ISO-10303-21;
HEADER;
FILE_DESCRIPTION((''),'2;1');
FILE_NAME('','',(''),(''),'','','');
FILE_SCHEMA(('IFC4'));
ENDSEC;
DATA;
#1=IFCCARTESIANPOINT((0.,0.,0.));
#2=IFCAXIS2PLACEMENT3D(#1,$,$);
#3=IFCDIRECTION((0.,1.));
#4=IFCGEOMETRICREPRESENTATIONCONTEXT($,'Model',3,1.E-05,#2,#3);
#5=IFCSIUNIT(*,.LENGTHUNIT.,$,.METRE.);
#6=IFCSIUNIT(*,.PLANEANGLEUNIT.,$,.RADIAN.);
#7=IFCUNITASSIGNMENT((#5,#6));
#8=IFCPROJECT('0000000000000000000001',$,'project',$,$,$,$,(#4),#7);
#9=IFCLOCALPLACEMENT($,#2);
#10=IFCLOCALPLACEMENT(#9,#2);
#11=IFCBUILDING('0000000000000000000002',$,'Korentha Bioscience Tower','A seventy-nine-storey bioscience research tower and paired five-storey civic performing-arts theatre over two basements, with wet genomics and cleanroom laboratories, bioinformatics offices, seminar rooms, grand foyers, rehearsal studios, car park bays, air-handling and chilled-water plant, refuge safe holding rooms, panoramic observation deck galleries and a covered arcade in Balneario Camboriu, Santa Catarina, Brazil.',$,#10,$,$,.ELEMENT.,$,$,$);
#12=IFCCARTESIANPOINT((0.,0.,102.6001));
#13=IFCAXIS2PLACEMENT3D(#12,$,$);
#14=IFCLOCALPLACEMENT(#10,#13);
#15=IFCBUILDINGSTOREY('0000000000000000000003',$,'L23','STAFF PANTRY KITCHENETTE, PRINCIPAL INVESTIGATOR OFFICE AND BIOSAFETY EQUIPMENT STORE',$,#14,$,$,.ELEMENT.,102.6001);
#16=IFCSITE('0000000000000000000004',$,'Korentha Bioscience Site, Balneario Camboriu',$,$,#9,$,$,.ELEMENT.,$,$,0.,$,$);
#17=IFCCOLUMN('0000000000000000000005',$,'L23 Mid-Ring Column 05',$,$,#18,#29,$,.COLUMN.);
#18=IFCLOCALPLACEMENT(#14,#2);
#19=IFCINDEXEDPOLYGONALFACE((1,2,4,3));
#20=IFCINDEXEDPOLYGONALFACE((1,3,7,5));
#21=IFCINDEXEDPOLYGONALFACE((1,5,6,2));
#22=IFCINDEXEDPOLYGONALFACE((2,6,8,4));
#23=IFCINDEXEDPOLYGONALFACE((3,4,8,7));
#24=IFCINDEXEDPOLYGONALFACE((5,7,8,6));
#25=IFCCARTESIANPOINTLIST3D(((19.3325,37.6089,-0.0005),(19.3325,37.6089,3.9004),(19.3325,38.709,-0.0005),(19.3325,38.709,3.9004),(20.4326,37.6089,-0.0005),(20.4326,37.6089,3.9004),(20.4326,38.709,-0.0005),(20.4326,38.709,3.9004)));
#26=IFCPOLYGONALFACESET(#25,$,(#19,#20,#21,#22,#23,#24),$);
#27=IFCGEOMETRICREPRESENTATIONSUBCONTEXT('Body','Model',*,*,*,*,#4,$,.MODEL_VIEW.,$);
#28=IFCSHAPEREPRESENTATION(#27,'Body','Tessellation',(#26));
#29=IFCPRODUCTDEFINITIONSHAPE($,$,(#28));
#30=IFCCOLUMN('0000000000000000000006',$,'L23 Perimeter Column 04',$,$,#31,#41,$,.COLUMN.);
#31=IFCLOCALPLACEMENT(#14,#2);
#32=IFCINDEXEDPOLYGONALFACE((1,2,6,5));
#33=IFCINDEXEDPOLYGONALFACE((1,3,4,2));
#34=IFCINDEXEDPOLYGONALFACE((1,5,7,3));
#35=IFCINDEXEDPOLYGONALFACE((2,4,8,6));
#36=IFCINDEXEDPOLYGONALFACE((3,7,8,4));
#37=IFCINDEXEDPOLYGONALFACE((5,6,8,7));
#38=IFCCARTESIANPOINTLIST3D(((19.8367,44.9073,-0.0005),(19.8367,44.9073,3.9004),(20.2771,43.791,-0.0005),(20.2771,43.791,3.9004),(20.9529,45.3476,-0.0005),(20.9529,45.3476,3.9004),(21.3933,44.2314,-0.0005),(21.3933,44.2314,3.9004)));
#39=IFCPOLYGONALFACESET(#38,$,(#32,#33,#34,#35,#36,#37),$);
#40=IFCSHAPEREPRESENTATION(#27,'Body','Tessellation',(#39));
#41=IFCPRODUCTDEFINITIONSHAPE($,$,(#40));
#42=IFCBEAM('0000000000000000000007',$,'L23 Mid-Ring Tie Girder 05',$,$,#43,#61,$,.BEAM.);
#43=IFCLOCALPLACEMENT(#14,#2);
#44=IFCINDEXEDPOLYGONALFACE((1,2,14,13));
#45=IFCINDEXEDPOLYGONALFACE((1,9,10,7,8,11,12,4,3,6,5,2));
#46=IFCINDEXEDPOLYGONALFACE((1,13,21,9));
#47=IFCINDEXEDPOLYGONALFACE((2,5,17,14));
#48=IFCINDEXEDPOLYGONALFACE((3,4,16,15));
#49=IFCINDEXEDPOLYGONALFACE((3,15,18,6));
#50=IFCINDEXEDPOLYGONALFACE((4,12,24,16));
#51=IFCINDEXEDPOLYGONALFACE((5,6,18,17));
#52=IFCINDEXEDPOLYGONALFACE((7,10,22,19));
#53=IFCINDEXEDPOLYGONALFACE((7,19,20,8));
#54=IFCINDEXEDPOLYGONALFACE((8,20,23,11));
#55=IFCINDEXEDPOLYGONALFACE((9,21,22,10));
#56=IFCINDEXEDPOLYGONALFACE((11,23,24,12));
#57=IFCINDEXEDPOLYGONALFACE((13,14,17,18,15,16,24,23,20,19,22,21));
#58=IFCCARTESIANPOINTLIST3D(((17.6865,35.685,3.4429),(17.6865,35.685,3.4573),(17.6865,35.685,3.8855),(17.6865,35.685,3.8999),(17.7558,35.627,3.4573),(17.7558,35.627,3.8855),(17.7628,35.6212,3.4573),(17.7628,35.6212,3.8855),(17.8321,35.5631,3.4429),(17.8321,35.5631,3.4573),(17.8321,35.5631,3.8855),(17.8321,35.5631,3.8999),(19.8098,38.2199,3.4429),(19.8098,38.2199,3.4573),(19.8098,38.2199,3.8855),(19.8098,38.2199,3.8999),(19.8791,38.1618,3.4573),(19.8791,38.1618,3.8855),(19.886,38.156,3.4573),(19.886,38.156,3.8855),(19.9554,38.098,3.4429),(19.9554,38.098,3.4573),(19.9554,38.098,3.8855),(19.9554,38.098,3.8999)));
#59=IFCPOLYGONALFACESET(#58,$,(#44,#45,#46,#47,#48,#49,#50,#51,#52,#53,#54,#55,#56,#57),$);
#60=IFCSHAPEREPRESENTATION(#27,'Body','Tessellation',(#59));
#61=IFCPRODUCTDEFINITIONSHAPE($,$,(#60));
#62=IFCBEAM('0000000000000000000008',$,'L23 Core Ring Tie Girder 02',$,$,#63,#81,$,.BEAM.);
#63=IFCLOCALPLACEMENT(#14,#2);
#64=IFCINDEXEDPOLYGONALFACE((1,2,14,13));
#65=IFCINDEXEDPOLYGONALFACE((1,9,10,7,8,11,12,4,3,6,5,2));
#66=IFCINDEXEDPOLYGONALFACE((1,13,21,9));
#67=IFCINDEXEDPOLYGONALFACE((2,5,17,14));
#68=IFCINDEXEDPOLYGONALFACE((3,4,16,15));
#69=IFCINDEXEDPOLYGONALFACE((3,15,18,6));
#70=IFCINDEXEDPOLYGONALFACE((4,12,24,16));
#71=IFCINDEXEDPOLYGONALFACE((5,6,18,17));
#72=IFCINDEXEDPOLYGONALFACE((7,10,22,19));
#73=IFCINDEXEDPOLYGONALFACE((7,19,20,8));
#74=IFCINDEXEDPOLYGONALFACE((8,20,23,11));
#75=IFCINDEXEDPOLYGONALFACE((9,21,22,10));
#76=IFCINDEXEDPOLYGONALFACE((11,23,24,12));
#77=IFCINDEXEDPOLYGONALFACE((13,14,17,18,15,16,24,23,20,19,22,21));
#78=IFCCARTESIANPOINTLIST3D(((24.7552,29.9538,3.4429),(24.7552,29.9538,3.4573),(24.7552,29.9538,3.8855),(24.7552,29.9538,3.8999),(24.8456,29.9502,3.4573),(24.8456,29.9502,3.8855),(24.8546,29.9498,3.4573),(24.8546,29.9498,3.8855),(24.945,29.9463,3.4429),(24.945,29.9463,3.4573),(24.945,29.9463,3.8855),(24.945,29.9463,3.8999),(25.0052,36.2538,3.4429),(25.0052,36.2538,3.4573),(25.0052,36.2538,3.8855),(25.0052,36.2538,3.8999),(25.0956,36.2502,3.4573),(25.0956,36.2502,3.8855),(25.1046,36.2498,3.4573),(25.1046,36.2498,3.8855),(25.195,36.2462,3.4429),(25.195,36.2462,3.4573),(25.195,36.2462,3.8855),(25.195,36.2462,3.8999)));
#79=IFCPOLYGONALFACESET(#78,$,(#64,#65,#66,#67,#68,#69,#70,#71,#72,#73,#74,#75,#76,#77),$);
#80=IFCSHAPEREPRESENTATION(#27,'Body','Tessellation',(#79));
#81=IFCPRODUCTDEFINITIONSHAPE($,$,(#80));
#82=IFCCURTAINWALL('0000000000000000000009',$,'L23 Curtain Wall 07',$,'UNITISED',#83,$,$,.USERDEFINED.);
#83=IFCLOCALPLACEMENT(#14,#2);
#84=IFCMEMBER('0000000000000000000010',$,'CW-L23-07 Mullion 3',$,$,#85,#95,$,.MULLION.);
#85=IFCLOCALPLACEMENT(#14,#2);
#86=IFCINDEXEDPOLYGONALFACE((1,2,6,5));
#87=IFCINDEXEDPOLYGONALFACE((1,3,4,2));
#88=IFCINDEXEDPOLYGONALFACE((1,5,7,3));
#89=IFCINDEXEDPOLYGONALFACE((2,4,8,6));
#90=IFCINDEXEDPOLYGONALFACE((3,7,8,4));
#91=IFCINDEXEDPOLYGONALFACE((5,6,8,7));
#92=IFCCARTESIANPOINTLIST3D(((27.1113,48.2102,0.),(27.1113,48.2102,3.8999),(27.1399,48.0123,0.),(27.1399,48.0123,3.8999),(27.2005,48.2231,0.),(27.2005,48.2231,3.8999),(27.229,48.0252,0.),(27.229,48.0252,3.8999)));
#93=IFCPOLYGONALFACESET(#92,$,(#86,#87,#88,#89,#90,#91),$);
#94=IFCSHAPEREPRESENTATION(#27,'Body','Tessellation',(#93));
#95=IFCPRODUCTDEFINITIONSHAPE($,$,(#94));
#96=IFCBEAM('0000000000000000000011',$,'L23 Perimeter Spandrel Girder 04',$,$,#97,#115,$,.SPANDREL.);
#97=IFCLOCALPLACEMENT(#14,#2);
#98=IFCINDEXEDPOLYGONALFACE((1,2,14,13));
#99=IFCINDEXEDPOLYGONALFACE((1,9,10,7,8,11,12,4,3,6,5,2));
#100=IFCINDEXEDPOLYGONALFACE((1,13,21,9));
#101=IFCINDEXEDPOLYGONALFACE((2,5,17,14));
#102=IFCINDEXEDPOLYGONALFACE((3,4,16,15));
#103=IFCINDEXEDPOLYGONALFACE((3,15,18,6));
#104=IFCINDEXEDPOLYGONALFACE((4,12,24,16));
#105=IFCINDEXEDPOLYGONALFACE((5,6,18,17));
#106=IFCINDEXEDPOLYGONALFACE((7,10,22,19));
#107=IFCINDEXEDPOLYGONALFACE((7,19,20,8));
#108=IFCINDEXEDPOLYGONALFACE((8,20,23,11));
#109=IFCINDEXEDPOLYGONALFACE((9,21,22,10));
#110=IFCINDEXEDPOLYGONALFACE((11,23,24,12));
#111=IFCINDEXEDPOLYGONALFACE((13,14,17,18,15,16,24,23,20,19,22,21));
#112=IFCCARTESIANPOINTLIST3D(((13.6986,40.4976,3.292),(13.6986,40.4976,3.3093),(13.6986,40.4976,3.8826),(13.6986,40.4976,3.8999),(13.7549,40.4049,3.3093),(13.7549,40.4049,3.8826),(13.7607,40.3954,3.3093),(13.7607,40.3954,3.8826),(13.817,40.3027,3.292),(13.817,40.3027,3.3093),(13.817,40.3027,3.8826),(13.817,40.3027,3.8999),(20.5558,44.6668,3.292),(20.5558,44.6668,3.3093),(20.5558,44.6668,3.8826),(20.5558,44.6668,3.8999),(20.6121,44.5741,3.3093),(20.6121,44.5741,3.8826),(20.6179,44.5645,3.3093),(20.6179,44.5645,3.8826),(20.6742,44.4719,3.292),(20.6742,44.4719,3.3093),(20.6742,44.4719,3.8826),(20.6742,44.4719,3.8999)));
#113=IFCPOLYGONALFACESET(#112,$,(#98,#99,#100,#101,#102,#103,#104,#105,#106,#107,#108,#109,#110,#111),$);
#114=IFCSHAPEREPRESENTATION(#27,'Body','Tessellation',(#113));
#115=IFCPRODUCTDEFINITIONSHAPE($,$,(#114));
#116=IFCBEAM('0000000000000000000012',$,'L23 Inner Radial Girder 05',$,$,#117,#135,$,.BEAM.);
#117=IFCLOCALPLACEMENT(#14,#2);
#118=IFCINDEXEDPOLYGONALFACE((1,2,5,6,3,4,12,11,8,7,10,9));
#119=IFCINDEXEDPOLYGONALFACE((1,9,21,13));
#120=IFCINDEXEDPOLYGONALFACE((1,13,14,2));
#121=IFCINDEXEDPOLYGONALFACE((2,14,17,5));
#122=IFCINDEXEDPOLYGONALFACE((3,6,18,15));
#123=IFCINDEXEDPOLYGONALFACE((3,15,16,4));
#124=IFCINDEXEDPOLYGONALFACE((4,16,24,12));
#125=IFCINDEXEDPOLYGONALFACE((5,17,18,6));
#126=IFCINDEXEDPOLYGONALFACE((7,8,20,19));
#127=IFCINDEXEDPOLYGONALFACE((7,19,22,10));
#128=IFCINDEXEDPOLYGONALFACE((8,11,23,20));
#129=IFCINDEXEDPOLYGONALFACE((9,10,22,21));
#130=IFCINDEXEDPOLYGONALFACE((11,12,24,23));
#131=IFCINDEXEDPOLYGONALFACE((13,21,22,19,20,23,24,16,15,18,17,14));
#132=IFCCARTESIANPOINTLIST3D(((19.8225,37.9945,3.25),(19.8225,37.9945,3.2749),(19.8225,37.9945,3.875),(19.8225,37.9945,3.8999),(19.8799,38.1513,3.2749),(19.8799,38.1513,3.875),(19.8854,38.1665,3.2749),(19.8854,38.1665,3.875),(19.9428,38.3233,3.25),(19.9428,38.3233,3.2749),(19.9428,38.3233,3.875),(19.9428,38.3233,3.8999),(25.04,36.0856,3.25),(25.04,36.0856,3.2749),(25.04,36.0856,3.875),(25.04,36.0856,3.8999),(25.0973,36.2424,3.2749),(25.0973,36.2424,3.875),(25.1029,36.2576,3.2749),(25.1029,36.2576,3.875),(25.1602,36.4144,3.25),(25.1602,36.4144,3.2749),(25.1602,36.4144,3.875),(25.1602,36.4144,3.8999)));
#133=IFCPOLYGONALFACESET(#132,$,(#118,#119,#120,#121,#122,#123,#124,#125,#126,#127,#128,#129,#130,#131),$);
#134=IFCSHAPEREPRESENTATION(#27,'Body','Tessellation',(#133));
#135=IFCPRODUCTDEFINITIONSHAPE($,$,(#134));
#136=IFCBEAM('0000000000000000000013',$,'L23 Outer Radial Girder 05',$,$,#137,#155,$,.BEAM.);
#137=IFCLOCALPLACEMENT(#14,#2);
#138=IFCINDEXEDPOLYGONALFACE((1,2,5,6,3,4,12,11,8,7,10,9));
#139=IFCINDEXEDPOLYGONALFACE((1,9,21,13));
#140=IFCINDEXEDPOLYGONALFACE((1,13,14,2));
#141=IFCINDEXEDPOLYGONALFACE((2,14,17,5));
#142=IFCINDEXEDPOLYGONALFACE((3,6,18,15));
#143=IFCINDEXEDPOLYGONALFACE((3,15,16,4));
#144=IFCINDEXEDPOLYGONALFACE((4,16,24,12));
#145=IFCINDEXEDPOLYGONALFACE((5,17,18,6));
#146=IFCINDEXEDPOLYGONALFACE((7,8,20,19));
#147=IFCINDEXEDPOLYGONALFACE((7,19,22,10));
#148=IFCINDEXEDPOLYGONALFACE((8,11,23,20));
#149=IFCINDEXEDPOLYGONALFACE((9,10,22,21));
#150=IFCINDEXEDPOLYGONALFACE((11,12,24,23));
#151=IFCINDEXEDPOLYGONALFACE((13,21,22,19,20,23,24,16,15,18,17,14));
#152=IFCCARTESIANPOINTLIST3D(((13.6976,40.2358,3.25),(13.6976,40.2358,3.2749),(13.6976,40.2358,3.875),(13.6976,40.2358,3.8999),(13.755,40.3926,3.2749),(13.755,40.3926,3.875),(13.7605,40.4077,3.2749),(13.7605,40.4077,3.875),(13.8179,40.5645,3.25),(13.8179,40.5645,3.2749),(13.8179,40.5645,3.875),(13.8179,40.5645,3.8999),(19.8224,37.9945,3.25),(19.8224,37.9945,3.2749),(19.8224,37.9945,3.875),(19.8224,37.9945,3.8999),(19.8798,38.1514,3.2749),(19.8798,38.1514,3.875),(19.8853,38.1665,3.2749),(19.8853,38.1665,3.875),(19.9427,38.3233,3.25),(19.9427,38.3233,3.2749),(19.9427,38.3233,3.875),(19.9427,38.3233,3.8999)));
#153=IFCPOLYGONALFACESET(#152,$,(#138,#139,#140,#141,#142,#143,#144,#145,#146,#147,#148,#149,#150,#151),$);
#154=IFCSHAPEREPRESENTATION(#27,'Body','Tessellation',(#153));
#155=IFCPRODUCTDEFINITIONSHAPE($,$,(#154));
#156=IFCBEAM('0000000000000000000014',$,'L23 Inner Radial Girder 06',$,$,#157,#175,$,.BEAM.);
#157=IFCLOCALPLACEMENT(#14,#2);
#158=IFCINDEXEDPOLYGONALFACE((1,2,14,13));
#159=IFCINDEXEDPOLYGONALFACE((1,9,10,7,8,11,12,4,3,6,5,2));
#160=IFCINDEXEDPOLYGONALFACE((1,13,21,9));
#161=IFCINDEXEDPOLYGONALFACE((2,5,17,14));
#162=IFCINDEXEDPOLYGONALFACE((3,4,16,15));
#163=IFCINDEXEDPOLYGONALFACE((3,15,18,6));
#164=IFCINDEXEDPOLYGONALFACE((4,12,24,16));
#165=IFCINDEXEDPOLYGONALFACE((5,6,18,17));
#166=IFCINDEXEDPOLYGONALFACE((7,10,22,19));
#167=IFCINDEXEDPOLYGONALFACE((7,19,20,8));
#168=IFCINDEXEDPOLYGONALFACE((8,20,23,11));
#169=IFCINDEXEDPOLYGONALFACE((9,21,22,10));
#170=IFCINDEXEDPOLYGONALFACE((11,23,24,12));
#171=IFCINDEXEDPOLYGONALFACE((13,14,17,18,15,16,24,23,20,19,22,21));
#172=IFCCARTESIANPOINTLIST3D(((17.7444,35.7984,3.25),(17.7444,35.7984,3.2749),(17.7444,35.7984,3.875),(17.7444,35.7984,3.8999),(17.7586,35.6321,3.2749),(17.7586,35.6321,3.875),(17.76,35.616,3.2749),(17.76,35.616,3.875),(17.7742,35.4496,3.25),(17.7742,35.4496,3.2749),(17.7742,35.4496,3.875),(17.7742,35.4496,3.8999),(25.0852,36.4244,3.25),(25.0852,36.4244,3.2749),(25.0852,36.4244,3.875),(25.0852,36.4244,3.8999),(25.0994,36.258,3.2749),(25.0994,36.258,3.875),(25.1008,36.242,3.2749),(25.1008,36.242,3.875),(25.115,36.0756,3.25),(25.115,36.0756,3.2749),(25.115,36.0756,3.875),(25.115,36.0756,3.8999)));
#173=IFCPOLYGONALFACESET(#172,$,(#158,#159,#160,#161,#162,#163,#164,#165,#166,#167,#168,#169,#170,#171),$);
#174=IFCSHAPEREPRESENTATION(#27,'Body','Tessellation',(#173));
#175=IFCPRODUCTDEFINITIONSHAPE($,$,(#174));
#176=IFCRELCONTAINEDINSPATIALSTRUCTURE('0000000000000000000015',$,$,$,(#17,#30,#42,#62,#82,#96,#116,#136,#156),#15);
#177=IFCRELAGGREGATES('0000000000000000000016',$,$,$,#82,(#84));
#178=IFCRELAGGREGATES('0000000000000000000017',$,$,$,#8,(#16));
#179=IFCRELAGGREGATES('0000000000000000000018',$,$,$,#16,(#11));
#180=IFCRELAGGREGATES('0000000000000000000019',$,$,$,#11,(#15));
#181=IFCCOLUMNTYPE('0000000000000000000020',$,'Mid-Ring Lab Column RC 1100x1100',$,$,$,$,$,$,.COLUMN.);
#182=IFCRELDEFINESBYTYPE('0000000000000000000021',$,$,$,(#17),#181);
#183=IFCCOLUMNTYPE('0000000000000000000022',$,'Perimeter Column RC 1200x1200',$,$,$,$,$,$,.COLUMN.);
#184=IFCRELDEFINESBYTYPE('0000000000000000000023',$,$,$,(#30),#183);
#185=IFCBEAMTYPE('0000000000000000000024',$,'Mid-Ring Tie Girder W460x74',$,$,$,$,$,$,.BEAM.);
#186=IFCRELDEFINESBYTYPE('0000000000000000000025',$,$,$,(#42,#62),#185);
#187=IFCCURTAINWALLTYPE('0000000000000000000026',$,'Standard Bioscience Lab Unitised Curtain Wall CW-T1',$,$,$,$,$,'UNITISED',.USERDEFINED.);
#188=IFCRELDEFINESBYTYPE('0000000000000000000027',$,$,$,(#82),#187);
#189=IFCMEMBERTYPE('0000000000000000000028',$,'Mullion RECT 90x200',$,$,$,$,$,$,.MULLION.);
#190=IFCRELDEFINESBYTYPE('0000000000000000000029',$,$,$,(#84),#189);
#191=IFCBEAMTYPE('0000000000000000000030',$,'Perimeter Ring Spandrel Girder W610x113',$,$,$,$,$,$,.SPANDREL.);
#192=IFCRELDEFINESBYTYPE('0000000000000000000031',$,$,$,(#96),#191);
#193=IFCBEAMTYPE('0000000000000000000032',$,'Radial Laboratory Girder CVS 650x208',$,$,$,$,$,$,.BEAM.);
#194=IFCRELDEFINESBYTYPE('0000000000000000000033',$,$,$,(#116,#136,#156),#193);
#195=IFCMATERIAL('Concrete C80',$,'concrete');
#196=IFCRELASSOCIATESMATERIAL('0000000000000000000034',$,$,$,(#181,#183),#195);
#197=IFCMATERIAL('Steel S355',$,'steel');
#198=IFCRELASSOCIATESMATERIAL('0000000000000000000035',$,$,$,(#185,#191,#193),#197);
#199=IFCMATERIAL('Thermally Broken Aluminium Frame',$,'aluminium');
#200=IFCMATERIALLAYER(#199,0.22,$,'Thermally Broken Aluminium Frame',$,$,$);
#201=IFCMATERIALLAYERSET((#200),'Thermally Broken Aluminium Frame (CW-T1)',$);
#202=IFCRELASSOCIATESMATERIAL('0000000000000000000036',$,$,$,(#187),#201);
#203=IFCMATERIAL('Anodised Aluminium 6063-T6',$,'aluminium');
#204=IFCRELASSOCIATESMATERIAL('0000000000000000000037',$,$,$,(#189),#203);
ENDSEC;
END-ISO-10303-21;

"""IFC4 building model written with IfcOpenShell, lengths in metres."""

from ifc_helpers import new_model, si_unit, direction, frame, origin, origin_2d, place, context, subcontext, project, spatial, rectangle, i_section, extrude, material, layer, layer_set, material_profile, profile_set, type_object, element, aggregate, save


model = new_model("IFC4")

# Units and contexts
model_context = context("Model", 3, precision=1e-05, world=origin(), true_north=direction((0.0, 1.0)))
body_context = subcontext(model_context, "Body", "Model", "MODEL_VIEW")
ifc_project = project(units=[si_unit("LENGTHUNIT", "METRE"), si_unit("PLANEANGLEUNIT", "RADIAN")], contexts=[model_context])

# Site, building, storey
site_placement = place(None, origin())
site = spatial("IfcSite", under=ifc_project, at=site_placement, Name="Korentha Bioscience Site, Balneario Camboriu", CompositionType="ELEMENT", RefElevation=0.0)
building_placement = place(site_placement, origin())
building = spatial("IfcBuilding", under=site, at=building_placement, Name="Korentha Bioscience Tower", Description="A seventy-nine-storey bioscience research tower and paired five-storey civic performing-arts theatre over two basements, with wet genomics and cleanroom laboratories, bioinformatics offices, seminar rooms, grand foyers, rehearsal studios, car park bays, air-handling and chilled-water plant, refuge safe holding rooms, panoramic observation deck galleries and a covered arcade in Balneario Camboriu, Santa Catarina, Brazil.", CompositionType="ELEMENT")
storey_placement = place(building_placement, frame((0.0, 0.0, 102.6001)))
storey = spatial("IfcBuildingStorey", under=building, at=storey_placement, Name="L23", Description="STAFF PANTRY KITCHENETTE, PRINCIPAL INVESTIGATOR OFFICE AND BIOSAFETY EQUIPMENT STORE", CompositionType="ELEMENT", Elevation=102.6001)

# Columns
ifc_material_1 = material(Name="Concrete C80", Category="concrete")
ifc_material_profile_1 = material_profile(ifc_material_1, rectangle(XDim=1.1001, YDim=1.1001, at=origin_2d()), Name="Concrete C80")
ifc_profile_set_1 = profile_set([ifc_material_profile_1], Name="Concrete C80 (COL-MR11)")
column_type_1 = type_object("IfcColumnType", Name="Mid-Ring Lab Column RC 1100x1100", PredefinedType="COLUMN", material=ifc_profile_set_1)
column_1_placement = place(storey_placement, frame((19.8826, 38.1589, -0.0005), z_axis=(0.0, 0.0, 1.0), x_axis=(1.0, 0.0, 0.0)))
element("IfcColumn", 1, at=column_1_placement, inside=storey, type_object=column_type_1, Name="L23 Mid-Ring Column 05", PredefinedType="COLUMN", context=body_context, shape_type="SweptSolid", body=[
    extrude(rectangle(XDim=1.1001, YDim=1.1001, at=origin_2d()), origin(), (0.0, 0.0, 1.0), 3.9009),
])
ifc_material_profile_2 = material_profile(ifc_material_1, rectangle(XDim=1.2, YDim=1.2, at=origin_2d()), Name="Concrete C80")
ifc_profile_set_2 = profile_set([ifc_material_profile_2], Name="Concrete C80 (COL-P12)")
column_type_2 = type_object("IfcColumnType", Name="Perimeter Column RC 1200x1200", PredefinedType="COLUMN", material=ifc_profile_set_2)
column_2_placement = place(storey_placement, frame((20.615, 44.5693, -0.0005), z_axis=(0.0, 0.0, 1.0), x_axis=(0.930226, 0.366988, 0.0)))
element("IfcColumn", 2, at=column_2_placement, inside=storey, type_object=column_type_2, Name="L23 Perimeter Column 04", PredefinedType="COLUMN", context=body_context, shape_type="SweptSolid", body=[
    extrude(rectangle(XDim=1.2, YDim=1.2, at=origin_2d()), origin(), (0.0, 0.0, 1.0), 3.9009),
])

# Beams
ifc_material_2 = material(Name="Steel S355", Category="steel")
ifc_material_profile_3 = material_profile(ifc_material_2, i_section(OverallWidth=0.1899, OverallDepth=0.457, WebThickness=0.009, FlangeThickness=0.0144, at=origin_2d()), Name="Steel S355")
ifc_profile_set_3 = profile_set([ifc_material_profile_3], Name="Steel S355 (MB-460)")
beam_type_1 = type_object("IfcBeamType", Name="Mid-Ring Tie Girder W460x74", PredefinedType="BEAM", material=ifc_profile_set_3)
beam_1_placement = place(storey_placement, frame((19.8826, 38.1589, 3.6714), z_axis=(-0.642121, -0.766603, 0.0), x_axis=(0.766603, -0.642121, 0.0)))
element("IfcBeam", 3, at=beam_1_placement, inside=storey, type_object=beam_type_1, Name="L23 Mid-Ring Tie Girder 05", PredefinedType="BEAM", context=body_context, shape_type="SweptSolid", body=[
    extrude(i_section(OverallWidth=0.1899, OverallDepth=0.457, WebThickness=0.009, FlangeThickness=0.0144, at=origin_2d()), origin(), (0.0, 0.0, 1.0), 3.3066),
])
beam_2_placement = place(storey_placement, frame((25.1001, 36.25, 3.6714), z_axis=(-0.039651, -0.999214, 0.0), x_axis=(0.999214, -0.039651, 0.0)))
element("IfcBeam", 4, at=beam_2_placement, inside=storey, type_object=beam_type_1, Name="L23 Core Ring Tie Girder 02", PredefinedType="BEAM", context=body_context, shape_type="SweptSolid", body=[
    extrude(i_section(OverallWidth=0.1899, OverallDepth=0.457, WebThickness=0.009, FlangeThickness=0.0144, at=origin_2d()), origin(), (0.0, 0.0, 1.0), 6.3049),
])

# Curtain wall, member
ifc_material_3 = material(Name="Thermally Broken Aluminium Frame", Category="aluminium")
ifc_layer_1 = layer(ifc_material_3, 0.22, Name="Thermally Broken Aluminium Frame")
ifc_layer_set_1 = layer_set([ifc_layer_1], Name="Thermally Broken Aluminium Frame (CW-T1)")
curtain_wall_type = type_object("IfcCurtainWallType", Name="Standard Bioscience Lab Unitised Curtain Wall CW-T1", ElementType="UNITISED", PredefinedType="USERDEFINED", material=ifc_layer_set_1)
curtain_wall_placement = place(storey_placement, origin())
curtain_wall = element("IfcCurtainWall", 5, at=curtain_wall_placement, inside=storey, type_object=curtain_wall_type, Name="L23 Curtain Wall 07", ObjectType="UNITISED", PredefinedType="USERDEFINED")
ifc_material_4 = material(Name="Anodised Aluminium 6063-T6", Category="aluminium")
ifc_material_profile_4 = material_profile(ifc_material_4, rectangle(XDim=0.0901, YDim=0.2, at=origin_2d()), Name="Anodised Aluminium 6063-T6")
ifc_profile_set_4 = profile_set([ifc_material_profile_4], Name="Anodised Aluminium 6063-T6 (CW-MUL)")
member_type = type_object("IfcMemberType", Name="Mullion RECT 90x200", PredefinedType="MULLION", material=ifc_profile_set_4)
member_placement = place(storey_placement, frame((27.1702, 48.1177, 0.0), z_axis=(0.0, 0.0, 1.0), x_axis=(-0.989738, -0.142892, 0.0)))
member = element("IfcMember", 6, at=member_placement, type_object=member_type, Name="CW-L23-07 Mullion 3", PredefinedType="MULLION", context=body_context, shape_type="SweptSolid", body=[
    extrude(rectangle(XDim=0.0901, YDim=0.2, at=origin_2d()), origin(), (0.0, 0.0, 1.0), 3.8999),
])

# Beams
ifc_material_profile_5 = material_profile(ifc_material_2, i_section(OverallWidth=0.228, OverallDepth=0.6079, WebThickness=0.0112, FlangeThickness=0.0173, at=origin_2d()), Name="Steel S355")
ifc_profile_set_5 = profile_set([ifc_material_profile_5], Name="Steel S355 (SB-610)")
beam_type_2 = type_object("IfcBeamType", Name="Perimeter Ring Spandrel Girder W610x113", PredefinedType="SPANDREL", material=ifc_profile_set_5)
beam_3_placement = place(storey_placement, frame((20.615, 44.5693, 3.5959), z_axis=(-0.854461, -0.519515, 0.0), x_axis=(0.519515, -0.854461, 0.0)))
element("IfcBeam", 7, at=beam_3_placement, inside=storey, type_object=beam_type_2, Name="L23 Perimeter Spandrel Girder 04", PredefinedType="SPANDREL", context=body_context, shape_type="SweptSolid", body=[
    extrude(i_section(OverallWidth=0.228, OverallDepth=0.6079, WebThickness=0.0112, FlangeThickness=0.0173, at=origin_2d()), origin(), (0.0, 0.0, 1.0), 8.0251),
])
ifc_material_profile_6 = material_profile(ifc_material_2, i_section(OverallWidth=0.3501, OverallDepth=0.6499, WebThickness=0.0161, FlangeThickness=0.0249, at=origin_2d()), Name="Steel S355")
ifc_profile_set_6 = profile_set([ifc_material_profile_6], Name="Steel S355 (RB-650)")
beam_type_3 = type_object("IfcBeamType", Name="Radial Laboratory Girder CVS 650x208", PredefinedType="BEAM", material=ifc_profile_set_6)
beam_4_placement = place(storey_placement, frame((25.1001, 36.25, 3.575), z_axis=(-0.939118, 0.343595, 0.0), x_axis=(-0.343595, -0.939118, 0.0)))
element("IfcBeam", 8, at=beam_4_placement, inside=storey, type_object=beam_type_3, Name="L23 Inner Radial Girder 05", PredefinedType="BEAM", context=body_context, shape_type="SweptSolid", body=[
    extrude(i_section(OverallWidth=0.3501, OverallDepth=0.6499, WebThickness=0.0161, FlangeThickness=0.0249, at=origin_2d()), origin(), (0.0, 0.0, 1.0), 5.5557),
])
beam_5_placement = place(storey_placement, frame((19.8826, 38.1589, 3.575), z_axis=(-0.939101, 0.343642, 0.0), x_axis=(-0.343642, -0.939101, 0.0)))
element("IfcBeam", 9, at=beam_5_placement, inside=storey, type_object=beam_type_3, Name="L23 Outer Radial Girder 05", PredefinedType="BEAM", context=body_context, shape_type="SweptSolid", body=[
    extrude(i_section(OverallWidth=0.3501, OverallDepth=0.6499, WebThickness=0.0161, FlangeThickness=0.0249, at=origin_2d()), origin(), (0.0, 0.0, 1.0), 6.522),
])
beam_6_placement = place(storey_placement, frame((25.1001, 36.25, 3.575), z_axis=(-0.996384, -0.084965, 0.0), x_axis=(0.084965, -0.996384, 0.0)))
element("IfcBeam", 10, at=beam_6_placement, inside=storey, type_object=beam_type_3, Name="L23 Inner Radial Girder 06", PredefinedType="BEAM", context=body_context, shape_type="SweptSolid", body=[
    extrude(i_section(OverallWidth=0.3501, OverallDepth=0.6499, WebThickness=0.0161, FlangeThickness=0.0249, at=origin_2d()), origin(), (0.0, 0.0, 1.0), 7.3674),
])

aggregate(curtain_wall, [member])

save(model, "model.ifc")
